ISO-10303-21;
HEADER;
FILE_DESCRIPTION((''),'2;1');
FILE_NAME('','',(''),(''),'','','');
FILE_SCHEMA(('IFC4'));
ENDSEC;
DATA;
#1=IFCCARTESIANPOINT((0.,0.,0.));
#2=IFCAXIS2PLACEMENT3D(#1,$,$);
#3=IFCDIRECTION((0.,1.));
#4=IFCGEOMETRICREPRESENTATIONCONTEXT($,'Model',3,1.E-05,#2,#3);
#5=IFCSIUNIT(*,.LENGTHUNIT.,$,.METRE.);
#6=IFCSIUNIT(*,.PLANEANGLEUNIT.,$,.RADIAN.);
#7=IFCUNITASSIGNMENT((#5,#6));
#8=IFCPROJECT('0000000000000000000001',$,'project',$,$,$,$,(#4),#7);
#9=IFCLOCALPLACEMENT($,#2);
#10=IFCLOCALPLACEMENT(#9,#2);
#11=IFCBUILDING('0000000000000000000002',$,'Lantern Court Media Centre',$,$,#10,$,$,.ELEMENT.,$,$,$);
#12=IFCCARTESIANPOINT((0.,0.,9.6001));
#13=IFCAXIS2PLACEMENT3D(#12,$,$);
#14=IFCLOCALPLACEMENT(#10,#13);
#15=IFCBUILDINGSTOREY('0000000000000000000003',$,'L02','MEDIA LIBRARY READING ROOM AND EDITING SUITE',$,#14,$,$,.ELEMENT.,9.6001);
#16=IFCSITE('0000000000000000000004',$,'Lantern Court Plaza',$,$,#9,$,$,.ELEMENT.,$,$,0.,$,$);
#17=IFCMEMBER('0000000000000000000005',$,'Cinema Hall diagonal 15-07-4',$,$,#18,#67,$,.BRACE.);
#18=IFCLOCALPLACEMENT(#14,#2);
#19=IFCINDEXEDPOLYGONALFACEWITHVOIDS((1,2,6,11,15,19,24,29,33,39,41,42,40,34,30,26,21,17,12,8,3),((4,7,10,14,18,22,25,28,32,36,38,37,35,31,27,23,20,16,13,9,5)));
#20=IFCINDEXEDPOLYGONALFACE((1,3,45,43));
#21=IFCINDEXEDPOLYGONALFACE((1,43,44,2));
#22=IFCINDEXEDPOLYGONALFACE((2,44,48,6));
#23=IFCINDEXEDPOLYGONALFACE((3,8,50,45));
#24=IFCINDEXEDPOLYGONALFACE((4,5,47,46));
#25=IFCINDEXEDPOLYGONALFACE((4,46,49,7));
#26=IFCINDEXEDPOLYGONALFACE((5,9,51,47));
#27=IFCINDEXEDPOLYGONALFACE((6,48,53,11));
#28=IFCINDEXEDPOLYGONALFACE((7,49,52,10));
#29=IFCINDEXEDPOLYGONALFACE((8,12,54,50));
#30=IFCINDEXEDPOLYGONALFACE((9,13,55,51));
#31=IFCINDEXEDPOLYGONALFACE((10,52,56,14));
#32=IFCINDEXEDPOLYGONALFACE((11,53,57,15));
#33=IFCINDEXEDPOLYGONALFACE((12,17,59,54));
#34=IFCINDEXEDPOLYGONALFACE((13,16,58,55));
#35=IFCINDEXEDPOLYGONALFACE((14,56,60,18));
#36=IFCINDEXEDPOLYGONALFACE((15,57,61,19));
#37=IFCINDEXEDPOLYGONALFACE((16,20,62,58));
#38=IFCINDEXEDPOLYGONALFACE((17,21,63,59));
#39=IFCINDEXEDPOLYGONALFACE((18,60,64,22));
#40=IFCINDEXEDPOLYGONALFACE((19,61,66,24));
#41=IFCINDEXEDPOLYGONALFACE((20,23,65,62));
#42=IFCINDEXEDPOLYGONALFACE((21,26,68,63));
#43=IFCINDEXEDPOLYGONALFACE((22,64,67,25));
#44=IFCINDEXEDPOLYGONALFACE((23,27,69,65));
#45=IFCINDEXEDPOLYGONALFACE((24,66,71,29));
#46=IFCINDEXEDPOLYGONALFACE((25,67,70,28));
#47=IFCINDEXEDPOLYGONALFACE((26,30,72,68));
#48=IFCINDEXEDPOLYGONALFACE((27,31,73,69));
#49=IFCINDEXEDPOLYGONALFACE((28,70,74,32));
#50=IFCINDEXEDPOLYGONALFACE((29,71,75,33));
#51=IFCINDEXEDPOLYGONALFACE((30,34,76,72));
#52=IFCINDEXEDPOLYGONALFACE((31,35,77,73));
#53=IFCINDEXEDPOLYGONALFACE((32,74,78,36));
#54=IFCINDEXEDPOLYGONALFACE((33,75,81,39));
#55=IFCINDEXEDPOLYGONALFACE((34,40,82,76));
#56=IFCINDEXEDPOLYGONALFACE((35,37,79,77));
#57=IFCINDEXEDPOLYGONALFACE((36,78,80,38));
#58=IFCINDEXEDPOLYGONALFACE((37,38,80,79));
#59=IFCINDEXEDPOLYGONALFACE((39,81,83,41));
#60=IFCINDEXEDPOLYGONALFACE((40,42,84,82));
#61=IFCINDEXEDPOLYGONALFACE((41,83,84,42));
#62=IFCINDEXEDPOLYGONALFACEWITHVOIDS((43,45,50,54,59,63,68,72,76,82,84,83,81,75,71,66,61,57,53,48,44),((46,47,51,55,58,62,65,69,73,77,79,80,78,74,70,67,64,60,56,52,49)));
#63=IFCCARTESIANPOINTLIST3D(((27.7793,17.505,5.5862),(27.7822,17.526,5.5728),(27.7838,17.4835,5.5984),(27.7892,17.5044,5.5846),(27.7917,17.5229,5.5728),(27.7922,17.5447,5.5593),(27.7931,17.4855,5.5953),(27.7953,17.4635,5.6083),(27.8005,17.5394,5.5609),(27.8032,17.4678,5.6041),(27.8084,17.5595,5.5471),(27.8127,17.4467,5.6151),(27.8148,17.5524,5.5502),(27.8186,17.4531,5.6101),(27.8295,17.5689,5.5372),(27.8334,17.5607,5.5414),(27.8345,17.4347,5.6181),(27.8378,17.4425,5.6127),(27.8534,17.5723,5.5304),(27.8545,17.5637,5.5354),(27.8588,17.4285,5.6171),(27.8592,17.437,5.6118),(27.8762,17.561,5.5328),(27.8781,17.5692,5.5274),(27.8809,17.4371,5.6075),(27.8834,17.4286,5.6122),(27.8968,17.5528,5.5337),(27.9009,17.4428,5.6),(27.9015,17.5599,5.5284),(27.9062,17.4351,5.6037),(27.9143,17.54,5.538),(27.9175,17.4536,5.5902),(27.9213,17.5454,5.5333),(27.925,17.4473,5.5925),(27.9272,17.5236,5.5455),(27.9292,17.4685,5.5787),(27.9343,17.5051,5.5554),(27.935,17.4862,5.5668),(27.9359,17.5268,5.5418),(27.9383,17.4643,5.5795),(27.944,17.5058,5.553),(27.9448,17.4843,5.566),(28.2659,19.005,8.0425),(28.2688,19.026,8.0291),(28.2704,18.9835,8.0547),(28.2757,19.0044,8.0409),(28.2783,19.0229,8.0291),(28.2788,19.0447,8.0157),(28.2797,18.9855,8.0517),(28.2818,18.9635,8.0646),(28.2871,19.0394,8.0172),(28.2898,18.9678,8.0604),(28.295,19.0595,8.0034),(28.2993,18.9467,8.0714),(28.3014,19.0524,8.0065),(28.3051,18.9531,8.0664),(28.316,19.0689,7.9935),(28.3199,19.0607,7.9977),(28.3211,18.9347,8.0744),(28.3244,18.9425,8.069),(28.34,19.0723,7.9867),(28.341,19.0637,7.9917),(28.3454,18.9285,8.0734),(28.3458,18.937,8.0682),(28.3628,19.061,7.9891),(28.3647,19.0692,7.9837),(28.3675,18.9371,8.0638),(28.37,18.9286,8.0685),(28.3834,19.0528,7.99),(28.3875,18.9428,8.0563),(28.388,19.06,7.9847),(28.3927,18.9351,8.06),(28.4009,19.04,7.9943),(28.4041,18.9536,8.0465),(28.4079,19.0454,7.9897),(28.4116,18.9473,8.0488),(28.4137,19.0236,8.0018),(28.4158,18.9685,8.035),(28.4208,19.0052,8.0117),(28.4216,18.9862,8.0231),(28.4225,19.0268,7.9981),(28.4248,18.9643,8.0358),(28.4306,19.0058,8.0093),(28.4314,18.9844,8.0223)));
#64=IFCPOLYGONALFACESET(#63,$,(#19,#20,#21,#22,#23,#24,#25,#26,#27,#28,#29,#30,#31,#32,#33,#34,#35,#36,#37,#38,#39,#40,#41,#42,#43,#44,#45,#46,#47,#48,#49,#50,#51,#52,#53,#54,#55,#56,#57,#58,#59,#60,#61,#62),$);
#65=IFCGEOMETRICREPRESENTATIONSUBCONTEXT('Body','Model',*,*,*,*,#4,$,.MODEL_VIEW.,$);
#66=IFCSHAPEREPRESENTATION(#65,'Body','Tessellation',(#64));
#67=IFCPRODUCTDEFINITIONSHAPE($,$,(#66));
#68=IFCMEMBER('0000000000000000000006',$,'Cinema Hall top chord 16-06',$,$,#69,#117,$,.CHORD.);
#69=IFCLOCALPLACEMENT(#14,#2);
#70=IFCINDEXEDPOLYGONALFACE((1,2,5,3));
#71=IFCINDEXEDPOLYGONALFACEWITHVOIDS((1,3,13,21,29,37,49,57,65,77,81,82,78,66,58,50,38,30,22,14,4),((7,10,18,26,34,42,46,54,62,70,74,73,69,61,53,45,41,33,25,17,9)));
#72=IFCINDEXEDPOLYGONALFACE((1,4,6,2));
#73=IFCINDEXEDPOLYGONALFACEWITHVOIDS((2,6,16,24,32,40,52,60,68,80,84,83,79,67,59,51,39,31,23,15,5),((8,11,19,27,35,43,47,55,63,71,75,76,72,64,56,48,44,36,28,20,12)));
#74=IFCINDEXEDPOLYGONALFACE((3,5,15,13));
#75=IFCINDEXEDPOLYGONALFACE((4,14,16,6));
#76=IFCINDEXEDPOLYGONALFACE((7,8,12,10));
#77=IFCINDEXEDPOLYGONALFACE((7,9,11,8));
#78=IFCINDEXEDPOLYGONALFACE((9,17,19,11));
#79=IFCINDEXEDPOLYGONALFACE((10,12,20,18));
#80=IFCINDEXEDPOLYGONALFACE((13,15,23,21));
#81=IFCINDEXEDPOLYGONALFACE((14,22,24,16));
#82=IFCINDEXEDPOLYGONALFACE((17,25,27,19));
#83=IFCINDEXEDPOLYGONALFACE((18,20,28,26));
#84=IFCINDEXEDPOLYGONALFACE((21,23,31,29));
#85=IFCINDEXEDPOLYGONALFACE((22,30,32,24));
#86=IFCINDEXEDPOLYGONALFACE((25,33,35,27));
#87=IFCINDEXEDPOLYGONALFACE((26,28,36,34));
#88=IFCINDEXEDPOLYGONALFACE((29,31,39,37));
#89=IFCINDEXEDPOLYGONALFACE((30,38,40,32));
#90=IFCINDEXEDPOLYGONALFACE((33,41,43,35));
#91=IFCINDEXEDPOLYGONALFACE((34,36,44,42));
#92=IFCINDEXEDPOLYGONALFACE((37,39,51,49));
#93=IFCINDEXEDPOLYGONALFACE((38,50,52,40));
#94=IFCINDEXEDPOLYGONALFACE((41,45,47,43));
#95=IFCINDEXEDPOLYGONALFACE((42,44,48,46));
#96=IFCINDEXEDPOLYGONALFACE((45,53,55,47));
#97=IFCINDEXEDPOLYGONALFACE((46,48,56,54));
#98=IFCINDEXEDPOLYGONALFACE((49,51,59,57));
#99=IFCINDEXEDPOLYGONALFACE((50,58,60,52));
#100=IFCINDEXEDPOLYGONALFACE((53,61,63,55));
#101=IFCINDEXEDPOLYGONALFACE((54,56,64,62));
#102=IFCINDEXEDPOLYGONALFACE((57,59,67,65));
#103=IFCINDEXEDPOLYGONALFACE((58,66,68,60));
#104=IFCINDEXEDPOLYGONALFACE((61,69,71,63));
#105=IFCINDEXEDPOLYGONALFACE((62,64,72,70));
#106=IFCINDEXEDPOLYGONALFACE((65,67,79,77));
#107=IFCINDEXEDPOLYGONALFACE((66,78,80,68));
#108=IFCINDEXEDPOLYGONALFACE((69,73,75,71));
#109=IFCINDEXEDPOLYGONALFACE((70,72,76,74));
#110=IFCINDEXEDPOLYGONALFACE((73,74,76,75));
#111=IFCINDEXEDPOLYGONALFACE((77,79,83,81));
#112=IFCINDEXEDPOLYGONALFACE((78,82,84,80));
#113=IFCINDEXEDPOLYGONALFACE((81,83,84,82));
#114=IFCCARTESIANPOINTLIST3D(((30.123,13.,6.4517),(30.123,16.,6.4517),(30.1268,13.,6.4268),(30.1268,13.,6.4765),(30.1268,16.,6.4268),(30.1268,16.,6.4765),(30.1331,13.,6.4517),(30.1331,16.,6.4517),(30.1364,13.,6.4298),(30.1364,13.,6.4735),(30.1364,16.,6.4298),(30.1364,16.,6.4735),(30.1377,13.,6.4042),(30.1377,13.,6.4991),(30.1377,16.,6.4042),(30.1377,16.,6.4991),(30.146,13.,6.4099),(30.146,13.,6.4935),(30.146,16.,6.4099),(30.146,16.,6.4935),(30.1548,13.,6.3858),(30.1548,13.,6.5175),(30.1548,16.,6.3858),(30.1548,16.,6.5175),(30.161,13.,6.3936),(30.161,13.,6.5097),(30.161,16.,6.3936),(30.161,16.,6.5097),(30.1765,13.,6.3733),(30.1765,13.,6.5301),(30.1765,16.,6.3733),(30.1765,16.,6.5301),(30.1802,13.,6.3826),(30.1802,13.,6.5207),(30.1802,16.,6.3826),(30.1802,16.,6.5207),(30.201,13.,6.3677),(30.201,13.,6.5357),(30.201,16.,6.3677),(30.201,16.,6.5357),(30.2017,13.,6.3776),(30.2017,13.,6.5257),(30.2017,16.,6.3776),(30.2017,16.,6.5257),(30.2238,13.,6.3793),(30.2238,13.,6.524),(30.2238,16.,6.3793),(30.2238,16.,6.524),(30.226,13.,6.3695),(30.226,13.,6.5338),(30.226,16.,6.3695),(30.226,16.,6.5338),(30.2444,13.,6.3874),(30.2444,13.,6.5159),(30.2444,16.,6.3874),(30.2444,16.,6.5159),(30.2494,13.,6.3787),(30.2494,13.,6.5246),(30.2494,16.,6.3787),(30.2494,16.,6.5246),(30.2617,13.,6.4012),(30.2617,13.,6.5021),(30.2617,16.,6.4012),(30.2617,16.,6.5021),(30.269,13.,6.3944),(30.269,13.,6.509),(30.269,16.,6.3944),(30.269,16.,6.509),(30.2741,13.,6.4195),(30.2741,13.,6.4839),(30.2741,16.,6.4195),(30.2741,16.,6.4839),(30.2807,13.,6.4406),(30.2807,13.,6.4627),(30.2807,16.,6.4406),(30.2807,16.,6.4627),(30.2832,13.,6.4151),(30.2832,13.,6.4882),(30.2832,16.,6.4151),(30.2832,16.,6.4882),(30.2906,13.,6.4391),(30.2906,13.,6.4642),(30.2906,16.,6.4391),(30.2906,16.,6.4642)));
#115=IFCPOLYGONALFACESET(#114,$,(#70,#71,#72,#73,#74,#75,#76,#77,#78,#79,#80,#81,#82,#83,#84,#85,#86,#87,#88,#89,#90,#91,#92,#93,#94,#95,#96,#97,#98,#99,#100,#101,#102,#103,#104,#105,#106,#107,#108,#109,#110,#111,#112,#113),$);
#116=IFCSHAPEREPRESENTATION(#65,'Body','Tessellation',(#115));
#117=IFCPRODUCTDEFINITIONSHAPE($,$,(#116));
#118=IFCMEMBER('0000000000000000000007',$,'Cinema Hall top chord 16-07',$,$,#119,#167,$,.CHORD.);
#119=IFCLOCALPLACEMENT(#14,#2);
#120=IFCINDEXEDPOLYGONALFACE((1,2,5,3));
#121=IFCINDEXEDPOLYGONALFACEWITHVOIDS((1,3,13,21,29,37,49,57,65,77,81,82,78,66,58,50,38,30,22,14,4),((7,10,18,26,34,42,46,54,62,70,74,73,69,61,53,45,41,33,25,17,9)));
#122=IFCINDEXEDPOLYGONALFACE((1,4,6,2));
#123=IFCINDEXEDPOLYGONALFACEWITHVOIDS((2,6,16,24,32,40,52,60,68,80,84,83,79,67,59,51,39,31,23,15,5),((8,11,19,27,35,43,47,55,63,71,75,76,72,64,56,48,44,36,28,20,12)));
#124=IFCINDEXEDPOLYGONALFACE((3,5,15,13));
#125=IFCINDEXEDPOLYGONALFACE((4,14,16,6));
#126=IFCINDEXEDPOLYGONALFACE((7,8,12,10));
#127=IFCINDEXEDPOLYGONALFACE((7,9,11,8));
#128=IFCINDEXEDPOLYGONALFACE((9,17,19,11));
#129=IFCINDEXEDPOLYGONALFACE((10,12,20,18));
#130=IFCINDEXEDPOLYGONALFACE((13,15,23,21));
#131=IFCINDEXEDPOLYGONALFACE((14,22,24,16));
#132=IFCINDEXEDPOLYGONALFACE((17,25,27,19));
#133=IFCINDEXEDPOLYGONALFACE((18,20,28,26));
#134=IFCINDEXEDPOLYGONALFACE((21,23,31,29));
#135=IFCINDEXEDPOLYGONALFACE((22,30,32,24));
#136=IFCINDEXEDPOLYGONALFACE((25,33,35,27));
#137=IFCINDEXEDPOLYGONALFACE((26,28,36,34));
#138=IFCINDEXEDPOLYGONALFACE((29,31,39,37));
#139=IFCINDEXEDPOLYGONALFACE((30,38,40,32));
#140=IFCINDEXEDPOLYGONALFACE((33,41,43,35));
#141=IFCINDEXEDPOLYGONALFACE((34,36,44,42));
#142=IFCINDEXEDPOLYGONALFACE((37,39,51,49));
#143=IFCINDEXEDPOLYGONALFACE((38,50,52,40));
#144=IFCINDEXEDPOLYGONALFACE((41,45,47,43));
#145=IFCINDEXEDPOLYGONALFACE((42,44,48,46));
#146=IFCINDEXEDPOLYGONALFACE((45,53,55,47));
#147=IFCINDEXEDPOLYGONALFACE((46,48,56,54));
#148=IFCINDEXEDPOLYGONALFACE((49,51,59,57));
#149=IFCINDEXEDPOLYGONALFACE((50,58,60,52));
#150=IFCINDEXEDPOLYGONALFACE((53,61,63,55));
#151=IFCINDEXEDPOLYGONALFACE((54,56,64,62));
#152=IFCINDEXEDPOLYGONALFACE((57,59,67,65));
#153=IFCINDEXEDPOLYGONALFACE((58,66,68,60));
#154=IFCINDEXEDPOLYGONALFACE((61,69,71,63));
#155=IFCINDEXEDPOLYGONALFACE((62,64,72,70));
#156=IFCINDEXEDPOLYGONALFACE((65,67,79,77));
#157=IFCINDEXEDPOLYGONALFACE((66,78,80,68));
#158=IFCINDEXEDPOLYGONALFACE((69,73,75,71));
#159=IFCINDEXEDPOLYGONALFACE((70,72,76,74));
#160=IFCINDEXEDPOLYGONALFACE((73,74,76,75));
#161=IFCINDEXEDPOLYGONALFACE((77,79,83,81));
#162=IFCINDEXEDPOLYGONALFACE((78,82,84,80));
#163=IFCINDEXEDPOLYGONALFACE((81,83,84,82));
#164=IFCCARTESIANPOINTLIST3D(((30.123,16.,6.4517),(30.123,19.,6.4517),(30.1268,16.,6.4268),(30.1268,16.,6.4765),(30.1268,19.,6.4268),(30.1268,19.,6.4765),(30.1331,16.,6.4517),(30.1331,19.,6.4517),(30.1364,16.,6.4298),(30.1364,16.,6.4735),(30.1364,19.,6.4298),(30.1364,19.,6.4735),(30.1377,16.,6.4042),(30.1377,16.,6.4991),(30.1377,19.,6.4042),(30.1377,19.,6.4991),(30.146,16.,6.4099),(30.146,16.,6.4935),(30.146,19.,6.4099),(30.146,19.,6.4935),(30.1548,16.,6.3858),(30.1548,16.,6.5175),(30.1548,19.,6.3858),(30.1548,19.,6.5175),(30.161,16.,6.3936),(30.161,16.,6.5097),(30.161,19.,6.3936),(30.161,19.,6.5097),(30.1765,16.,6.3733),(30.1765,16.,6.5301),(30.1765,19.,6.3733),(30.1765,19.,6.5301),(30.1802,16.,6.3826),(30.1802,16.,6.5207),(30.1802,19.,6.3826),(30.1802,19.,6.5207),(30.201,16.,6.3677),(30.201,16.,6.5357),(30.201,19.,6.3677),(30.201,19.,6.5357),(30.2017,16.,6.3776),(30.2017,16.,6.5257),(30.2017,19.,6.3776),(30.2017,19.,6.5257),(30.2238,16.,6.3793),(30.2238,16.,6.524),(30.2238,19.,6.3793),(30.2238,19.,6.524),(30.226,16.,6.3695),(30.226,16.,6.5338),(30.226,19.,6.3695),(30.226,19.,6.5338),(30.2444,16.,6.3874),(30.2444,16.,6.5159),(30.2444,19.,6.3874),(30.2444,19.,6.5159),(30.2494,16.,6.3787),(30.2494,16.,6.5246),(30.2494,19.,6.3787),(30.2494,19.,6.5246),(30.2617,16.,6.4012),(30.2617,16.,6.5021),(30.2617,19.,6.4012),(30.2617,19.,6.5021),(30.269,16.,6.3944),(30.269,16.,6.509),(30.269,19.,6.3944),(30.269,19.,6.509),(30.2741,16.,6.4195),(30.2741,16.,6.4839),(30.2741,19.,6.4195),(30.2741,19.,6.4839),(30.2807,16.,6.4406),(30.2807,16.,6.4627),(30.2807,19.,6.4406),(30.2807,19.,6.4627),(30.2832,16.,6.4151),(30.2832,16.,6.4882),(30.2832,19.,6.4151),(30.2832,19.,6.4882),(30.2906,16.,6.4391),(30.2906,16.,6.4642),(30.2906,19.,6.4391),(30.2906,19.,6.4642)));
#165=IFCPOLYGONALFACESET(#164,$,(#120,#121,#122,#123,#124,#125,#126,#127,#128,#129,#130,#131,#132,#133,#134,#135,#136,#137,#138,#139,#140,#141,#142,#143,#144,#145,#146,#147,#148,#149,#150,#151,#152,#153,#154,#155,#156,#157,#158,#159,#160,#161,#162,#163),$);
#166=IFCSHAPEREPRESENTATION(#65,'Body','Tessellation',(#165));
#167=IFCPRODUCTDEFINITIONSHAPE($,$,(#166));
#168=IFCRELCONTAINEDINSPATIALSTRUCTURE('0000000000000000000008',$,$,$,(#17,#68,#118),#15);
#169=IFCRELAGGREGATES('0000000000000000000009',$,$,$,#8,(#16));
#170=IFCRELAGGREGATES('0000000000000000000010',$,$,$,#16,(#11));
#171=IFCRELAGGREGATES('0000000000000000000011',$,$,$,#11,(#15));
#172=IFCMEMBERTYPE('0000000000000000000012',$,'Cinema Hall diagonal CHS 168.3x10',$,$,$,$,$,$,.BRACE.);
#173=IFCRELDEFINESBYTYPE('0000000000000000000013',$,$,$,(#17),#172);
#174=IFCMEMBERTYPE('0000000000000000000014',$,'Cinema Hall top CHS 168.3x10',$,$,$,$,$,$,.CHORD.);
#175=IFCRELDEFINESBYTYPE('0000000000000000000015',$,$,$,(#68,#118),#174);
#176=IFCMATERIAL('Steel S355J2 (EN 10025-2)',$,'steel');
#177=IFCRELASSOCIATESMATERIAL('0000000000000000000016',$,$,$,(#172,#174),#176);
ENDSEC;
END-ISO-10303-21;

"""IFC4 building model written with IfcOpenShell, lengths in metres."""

from ifc_helpers import new_model, si_unit, direction, frame, origin, origin_2d, place, context, subcontext, project, spatial, hollow_circle, extrude, material, material_profile, profile_set, type_object, element, save


model = new_model("IFC4")

# Units and contexts
model_context = context("Model", 3, precision=1e-05, world=origin(), true_north=direction((0.0, 1.0)))
body_context = subcontext(model_context, "Body", "Model", "MODEL_VIEW")
ifc_project = project(units=[si_unit("LENGTHUNIT", "METRE"), si_unit("PLANEANGLEUNIT", "RADIAN")], contexts=[model_context])

# Site, building, storey
site_placement = place(None, origin())
site = spatial("IfcSite", under=ifc_project, at=site_placement, Name="Lantern Court Plaza", CompositionType="ELEMENT", RefElevation=0.0)
building_placement = place(site_placement, origin())
building = spatial("IfcBuilding", under=site, at=building_placement, Name="Lantern Court Media Centre", CompositionType="ELEMENT")
storey_placement = place(building_placement, frame((0.0, 0.0, 9.6001)))
storey = spatial("IfcBuildingStorey", under=building, at=storey_placement, Name="L02", Description="MEDIA LIBRARY READING ROOM AND EDITING SUITE", CompositionType="ELEMENT", Elevation=9.6001)

# Members
ifc_material = material(Name="Steel S355J2 (EN 10025-2)", Category="steel")
ifc_material_profile_1 = material_profile(ifc_material, hollow_circle(Radius=0.0842, WallThickness=0.01, at=origin_2d()), Name="Cinema Hall diagonal CHS 168.3x10")
ifc_profile_set_1 = profile_set([ifc_material_profile_1], Name="Steel S355J2 (EN 10025-2)")
member_type_1 = type_object("IfcMemberType", Name="Cinema Hall diagonal CHS 168.3x10", PredefinedType="BRACE", material=ifc_profile_set_1)
member_placement = place(storey_placement, frame((27.8623, 17.5, 5.5728), z_axis=(0.166695, 0.513887, 0.841506), x_axis=(-0.951207, 0.308554, 0.0)))
element("IfcMember", 1, at=member_placement, inside=storey, type_object=member_type_1, Name="Cinema Hall diagonal 15-07-4", PredefinedType="BRACE", context=body_context, shape_type="SweptSolid", body=[
    extrude(hollow_circle(Radius=0.0842, WallThickness=0.01, at=origin_2d()), origin(), (0.0, 0.0, 1.0), 2.9189),
])
ifc_material_profile_2 = material_profile(ifc_material, hollow_circle(Radius=0.0842, WallThickness=0.01, at=origin_2d()), Name="Cinema Hall top CHS 168.3x10")
ifc_profile_set_2 = profile_set([ifc_material_profile_2], Name="Steel S355J2 (EN 10025-2)")
member_type_2 = type_object("IfcMemberType", Name="Cinema Hall top CHS 168.3x10", PredefinedType="CHORD", material=ifc_profile_set_2)
for number, where, z_axis, x_axis, name in (
    (2, (30.2073, 13.0, 6.4517), (0.0, 1.0, 0.0), (-1.0, 0.0, 0.0), "Cinema Hall top chord 16-06"),
    (3, (30.2073, 16.0, 6.4517), (0.0, 1.0, 0.0), (-1.0, 0.0, 0.0), "Cinema Hall top chord 16-07"),
):
    element("IfcMember", number, at=place(storey_placement, frame(where, z_axis=z_axis, x_axis=x_axis)), inside=storey, type_object=member_type_2, Name=name, PredefinedType="CHORD", context=body_context, shape_type="SweptSolid", body=[
        extrude(hollow_circle(Radius=0.0842, WallThickness=0.01, at=origin_2d()), origin(), (0.0, 0.0, 1.0), 3.0),
    ])

save(model, "model.ifc")
